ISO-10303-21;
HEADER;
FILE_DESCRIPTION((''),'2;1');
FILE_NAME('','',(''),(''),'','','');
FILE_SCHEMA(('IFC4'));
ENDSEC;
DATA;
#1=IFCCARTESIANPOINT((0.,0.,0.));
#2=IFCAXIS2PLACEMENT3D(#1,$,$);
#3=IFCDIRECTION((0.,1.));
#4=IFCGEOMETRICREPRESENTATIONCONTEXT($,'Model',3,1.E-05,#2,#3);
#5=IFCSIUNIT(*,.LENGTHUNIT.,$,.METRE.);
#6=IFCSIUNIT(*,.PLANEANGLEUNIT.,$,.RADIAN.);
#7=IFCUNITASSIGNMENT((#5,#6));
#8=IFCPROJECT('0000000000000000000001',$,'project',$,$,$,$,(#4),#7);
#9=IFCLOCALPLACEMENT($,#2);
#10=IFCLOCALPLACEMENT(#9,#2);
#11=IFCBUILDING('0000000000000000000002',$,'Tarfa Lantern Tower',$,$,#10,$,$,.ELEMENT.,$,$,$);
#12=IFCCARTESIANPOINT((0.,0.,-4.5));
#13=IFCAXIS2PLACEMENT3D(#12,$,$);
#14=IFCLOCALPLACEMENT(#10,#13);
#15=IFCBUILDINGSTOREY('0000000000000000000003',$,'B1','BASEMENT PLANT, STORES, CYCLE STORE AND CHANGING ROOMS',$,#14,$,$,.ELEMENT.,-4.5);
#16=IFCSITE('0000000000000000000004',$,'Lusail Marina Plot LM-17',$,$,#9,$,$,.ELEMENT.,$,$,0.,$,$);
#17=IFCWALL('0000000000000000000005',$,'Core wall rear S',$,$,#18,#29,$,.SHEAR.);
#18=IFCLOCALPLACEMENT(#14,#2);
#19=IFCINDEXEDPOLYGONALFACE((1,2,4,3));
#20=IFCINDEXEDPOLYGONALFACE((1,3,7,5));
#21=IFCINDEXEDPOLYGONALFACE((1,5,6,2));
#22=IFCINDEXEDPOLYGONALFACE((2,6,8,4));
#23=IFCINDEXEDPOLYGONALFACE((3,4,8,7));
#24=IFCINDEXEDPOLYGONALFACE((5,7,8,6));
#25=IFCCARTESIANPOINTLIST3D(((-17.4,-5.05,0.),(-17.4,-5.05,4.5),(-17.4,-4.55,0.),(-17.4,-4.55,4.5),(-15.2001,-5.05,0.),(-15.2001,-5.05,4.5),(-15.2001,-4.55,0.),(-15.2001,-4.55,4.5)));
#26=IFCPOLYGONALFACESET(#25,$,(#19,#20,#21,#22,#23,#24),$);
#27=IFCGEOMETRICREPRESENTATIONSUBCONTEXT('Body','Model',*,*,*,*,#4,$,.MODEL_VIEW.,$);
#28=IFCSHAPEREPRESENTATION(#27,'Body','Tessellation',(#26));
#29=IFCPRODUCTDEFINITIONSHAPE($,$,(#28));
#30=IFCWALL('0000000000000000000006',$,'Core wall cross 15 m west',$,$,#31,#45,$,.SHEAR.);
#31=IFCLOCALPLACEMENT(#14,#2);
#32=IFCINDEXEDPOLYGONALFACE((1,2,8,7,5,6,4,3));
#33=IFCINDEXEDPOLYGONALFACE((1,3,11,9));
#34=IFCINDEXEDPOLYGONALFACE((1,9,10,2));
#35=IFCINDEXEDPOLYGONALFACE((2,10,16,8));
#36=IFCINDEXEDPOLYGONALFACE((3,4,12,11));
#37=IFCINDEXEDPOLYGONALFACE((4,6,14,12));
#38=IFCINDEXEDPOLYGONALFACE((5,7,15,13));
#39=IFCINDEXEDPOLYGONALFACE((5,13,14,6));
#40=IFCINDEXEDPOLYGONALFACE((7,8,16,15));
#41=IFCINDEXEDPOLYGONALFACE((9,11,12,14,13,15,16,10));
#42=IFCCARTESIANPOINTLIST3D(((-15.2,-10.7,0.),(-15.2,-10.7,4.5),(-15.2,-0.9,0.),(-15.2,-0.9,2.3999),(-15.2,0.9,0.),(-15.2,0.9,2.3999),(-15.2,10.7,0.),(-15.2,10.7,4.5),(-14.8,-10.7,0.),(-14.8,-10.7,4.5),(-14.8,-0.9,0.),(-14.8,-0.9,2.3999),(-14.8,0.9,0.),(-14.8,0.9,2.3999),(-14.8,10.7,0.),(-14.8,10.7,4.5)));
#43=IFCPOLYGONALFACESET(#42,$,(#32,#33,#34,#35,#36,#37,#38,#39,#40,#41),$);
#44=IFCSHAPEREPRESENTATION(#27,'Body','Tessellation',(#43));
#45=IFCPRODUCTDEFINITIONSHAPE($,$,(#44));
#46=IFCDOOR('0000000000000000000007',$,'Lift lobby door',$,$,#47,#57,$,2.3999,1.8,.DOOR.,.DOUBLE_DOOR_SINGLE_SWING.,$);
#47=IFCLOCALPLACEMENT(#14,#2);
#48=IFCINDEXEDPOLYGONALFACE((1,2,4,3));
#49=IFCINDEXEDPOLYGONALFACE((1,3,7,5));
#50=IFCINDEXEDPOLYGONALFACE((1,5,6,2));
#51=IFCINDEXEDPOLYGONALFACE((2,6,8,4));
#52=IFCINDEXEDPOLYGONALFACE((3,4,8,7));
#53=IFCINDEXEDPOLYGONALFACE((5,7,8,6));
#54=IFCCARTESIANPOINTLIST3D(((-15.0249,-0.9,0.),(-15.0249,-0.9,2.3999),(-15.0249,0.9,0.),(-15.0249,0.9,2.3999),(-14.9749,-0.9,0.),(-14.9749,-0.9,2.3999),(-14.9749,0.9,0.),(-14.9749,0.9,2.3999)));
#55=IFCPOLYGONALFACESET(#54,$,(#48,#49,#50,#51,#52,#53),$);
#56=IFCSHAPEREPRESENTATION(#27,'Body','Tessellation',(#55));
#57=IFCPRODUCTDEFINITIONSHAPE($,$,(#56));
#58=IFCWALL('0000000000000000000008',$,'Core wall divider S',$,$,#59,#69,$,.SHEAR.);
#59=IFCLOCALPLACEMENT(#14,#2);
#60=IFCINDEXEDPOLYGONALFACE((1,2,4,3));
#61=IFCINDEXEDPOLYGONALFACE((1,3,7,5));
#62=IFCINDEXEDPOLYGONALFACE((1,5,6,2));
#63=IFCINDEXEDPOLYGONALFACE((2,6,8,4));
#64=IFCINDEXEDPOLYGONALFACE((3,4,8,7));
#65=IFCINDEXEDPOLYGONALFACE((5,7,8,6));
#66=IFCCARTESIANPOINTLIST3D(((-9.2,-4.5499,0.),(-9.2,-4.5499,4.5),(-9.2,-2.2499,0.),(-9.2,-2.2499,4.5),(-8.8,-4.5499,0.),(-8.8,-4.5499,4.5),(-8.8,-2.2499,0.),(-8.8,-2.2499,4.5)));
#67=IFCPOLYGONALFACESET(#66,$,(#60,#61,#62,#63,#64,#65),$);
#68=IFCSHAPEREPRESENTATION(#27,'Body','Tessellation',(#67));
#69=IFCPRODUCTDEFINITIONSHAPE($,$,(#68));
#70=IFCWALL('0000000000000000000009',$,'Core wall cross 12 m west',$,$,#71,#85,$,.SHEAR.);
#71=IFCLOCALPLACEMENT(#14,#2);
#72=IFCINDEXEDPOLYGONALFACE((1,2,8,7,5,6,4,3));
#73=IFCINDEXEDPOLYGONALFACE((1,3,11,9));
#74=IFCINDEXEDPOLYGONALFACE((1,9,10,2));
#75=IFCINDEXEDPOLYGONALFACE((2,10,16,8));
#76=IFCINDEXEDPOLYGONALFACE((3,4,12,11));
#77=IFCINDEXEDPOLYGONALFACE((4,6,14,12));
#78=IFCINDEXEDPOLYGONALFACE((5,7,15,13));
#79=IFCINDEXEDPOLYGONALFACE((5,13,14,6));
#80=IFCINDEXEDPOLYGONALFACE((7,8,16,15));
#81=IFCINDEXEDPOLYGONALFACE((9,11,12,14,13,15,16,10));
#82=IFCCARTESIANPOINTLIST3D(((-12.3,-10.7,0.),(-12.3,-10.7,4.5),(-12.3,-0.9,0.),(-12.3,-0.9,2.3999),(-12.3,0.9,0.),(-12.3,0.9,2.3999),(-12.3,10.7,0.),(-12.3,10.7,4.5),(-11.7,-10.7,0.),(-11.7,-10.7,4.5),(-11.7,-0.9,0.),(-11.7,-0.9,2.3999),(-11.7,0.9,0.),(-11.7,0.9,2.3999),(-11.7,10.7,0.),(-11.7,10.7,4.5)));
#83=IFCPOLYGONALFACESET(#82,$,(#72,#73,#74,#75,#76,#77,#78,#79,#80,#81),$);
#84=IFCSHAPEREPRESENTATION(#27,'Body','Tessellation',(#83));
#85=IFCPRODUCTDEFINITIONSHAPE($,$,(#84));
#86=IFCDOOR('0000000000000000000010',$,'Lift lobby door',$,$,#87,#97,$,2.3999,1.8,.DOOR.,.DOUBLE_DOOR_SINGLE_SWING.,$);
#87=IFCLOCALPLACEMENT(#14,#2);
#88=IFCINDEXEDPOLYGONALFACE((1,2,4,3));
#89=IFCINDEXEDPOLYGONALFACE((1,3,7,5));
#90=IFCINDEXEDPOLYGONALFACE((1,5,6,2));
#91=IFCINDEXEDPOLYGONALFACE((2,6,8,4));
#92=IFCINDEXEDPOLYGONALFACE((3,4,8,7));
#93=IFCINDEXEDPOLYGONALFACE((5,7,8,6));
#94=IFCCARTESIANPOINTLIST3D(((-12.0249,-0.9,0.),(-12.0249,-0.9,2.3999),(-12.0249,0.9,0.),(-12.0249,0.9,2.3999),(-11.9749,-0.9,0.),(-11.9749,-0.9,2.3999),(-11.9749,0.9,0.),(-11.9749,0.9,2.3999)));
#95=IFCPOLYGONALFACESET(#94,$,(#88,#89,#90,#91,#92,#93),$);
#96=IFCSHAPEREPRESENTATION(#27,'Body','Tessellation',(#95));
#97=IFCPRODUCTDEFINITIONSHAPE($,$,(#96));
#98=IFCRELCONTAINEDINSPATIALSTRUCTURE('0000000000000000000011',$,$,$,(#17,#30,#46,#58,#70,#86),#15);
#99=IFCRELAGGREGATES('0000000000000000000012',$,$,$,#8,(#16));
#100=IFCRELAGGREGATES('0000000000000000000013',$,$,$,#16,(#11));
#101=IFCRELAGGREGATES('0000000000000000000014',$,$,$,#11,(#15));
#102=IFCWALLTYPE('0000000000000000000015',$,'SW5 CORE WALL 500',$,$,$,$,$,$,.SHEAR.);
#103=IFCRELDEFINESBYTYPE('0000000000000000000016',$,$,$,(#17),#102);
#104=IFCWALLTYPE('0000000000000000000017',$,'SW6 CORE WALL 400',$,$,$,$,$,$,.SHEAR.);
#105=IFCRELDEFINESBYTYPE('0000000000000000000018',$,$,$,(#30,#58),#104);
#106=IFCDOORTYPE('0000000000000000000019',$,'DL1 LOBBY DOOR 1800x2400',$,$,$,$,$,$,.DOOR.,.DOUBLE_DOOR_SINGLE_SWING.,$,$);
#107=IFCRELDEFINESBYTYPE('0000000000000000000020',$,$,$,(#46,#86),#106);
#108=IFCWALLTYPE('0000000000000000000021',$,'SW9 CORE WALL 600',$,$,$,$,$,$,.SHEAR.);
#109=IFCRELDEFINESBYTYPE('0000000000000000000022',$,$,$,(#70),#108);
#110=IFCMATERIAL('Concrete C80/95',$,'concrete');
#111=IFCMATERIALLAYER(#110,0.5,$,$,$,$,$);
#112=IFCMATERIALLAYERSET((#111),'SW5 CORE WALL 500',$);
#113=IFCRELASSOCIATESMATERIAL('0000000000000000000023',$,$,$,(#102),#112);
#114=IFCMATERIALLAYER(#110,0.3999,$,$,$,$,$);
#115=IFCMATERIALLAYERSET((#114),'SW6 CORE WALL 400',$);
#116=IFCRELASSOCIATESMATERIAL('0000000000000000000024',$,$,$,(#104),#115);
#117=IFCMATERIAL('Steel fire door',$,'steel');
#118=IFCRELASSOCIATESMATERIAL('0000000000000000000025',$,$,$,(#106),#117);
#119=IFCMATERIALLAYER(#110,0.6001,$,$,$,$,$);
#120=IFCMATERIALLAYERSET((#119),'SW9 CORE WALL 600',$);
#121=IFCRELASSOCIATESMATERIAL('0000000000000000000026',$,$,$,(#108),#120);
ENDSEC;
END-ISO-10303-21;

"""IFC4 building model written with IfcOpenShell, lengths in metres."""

from ifc_helpers import new_model, si_unit, direction, frame, frame_2d, origin, place, context, subcontext, project, spatial, rectangle, extrude, material, layer, layer_set, type_object, element, fill, save


model = new_model("IFC4")

# Units and contexts
model_context = context("Model", 3, precision=1e-05, world=origin(), true_north=direction((0.0, 1.0)))
body_context = subcontext(model_context, "Body", "Model", "MODEL_VIEW")
ifc_project = project(units=[si_unit("LENGTHUNIT", "METRE"), si_unit("PLANEANGLEUNIT", "RADIAN")], contexts=[model_context])

# Site, building, storey
site_placement = place(None, origin())
site = spatial("IfcSite", under=ifc_project, at=site_placement, Name="Lusail Marina Plot LM-17", CompositionType="ELEMENT", RefElevation=0.0)
building_placement = place(site_placement, origin())
building = spatial("IfcBuilding", under=site, at=building_placement, Name="Tarfa Lantern Tower", CompositionType="ELEMENT")
storey_placement = place(building_placement, frame((0.0, 0.0, -4.5)))
storey = spatial("IfcBuildingStorey", under=building, at=storey_placement, Name="B1", Description="BASEMENT PLANT, STORES, CYCLE STORE AND CHANGING ROOMS", CompositionType="ELEMENT", Elevation=-4.5)

# Shared definitions
ifc_material_1 = material(Name="Concrete C80/95", Category="concrete")

# Wall
ifc_layer_1 = layer(ifc_material_1, 0.5)
ifc_layer_set_1 = layer_set([ifc_layer_1], Name="SW5 CORE WALL 500")
wall_type_1 = type_object("IfcWallType", Name="SW5 CORE WALL 500", PredefinedType="SHEAR", material=ifc_layer_set_1)
wall_1_placement = place(storey_placement, frame((-15.2, -4.8, 0.0), z_axis=(0.0, 0.0, 1.0), x_axis=(-1.0, 0.0, 0.0)))
element("IfcWall", 1, at=wall_1_placement, inside=storey, type_object=wall_type_1, Name="Core wall rear S", PredefinedType="SHEAR", context=body_context, shape_type="SweptSolid", body=[
    extrude(rectangle(XDim=2.2, YDim=0.5, at=frame_2d((1.1001, 0.0))), origin(), (0.0, 0.0, 1.0), 4.5),
])

# Wall, opening, door
ifc_layer_2 = layer(ifc_material_1, 0.3999)
ifc_layer_set_2 = layer_set([ifc_layer_2], Name="SW6 CORE WALL 400")
wall_type_2 = type_object("IfcWallType", Name="SW6 CORE WALL 400", PredefinedType="SHEAR", material=ifc_layer_set_2)
wall_2_placement = place(storey_placement, frame((-15.0, -10.7, 0.0), z_axis=(0.0, 0.0, 1.0), x_axis=(0.0, 1.0, 0.0)))
wall_2 = element("IfcWall", 2, at=wall_2_placement, inside=storey, type_object=wall_type_2, Name="Core wall cross 15 m west", PredefinedType="SHEAR", context=body_context, shape_type="SweptSolid", body=[
    extrude(rectangle(XDim=21.3999, YDim=0.3999, at=frame_2d((10.7, 0.0))), origin(), (0.0, 0.0, 1.0), 4.5),
])
opening_1_placement = place(wall_2_placement, frame((9.8, 0.0, 0.0)))
opening_1 = element("IfcOpeningElement", 3, at=opening_1_placement, cuts=wall_2, PredefinedType="OPENING", context=body_context, shape_type="SweptSolid", body=[
    extrude(rectangle(XDim=1.8, YDim=2.3999, at=frame_2d((0.8999, 1.2))), frame((0.0, 0.21, 0.0), z_axis=(0.0, -1.0, 0.0), x_axis=(1.0, 0.0, 0.0)), (0.0, 0.0, 1.0), 0.4199),
])
ifc_material_2 = material(Name="Steel fire door", Category="steel")
door_type = type_object("IfcDoorType", Name="DL1 LOBBY DOOR 1800x2400", OperationType="DOUBLE_DOOR_SINGLE_SWING", PredefinedType="DOOR", material=ifc_material_2)
door_1_placement = place(opening_1_placement, origin())
door_1 = element("IfcDoor", 4, at=door_1_placement, inside=storey, type_object=door_type, Name="Lift lobby door", OperationType="DOUBLE_DOOR_SINGLE_SWING", OverallHeight=2.3999, OverallWidth=1.8, PredefinedType="DOOR", context=body_context, shape_type="SweptSolid", body=[
    extrude(rectangle(XDim=1.8, YDim=2.3999, at=frame_2d((0.8999, 1.2))), frame((0.0, 0.0249, 0.0), z_axis=(0.0, -1.0, 0.0), x_axis=(1.0, 0.0, 0.0)), (0.0, 0.0, 1.0), 0.05),
])
fill(opening_1, door_1)

# Wall
wall_3_placement = place(storey_placement, frame((-9.0, -2.25, 0.0), z_axis=(0.0, 0.0, 1.0), x_axis=(0.0, -1.0, 0.0)))
element("IfcWall", 5, at=wall_3_placement, inside=storey, type_object=wall_type_2, Name="Core wall divider S", PredefinedType="SHEAR", context=body_context, shape_type="SweptSolid", body=[
    extrude(rectangle(XDim=2.3, YDim=0.3999, at=frame_2d((1.1499, 0.0))), origin(), (0.0, 0.0, 1.0), 4.5),
])

# Wall, opening, door
ifc_layer_3 = layer(ifc_material_1, 0.6001)
ifc_layer_set_3 = layer_set([ifc_layer_3], Name="SW9 CORE WALL 600")
wall_type_3 = type_object("IfcWallType", Name="SW9 CORE WALL 600", PredefinedType="SHEAR", material=ifc_layer_set_3)
wall_4_placement = place(storey_placement, frame((-12.0, -10.7, 0.0), z_axis=(0.0, 0.0, 1.0), x_axis=(0.0, 1.0, 0.0)))
wall_4 = element("IfcWall", 6, at=wall_4_placement, inside=storey, type_object=wall_type_3, Name="Core wall cross 12 m west", PredefinedType="SHEAR", context=body_context, shape_type="SweptSolid", body=[
    extrude(rectangle(XDim=21.3999, YDim=0.6001, at=frame_2d((10.7, 0.0))), origin(), (0.0, 0.0, 1.0), 4.5),
])
opening_2_placement = place(wall_4_placement, frame((9.8, 0.0, 0.0)))
opening_2 = element("IfcOpeningElement", 7, at=opening_2_placement, cuts=wall_4, PredefinedType="OPENING", context=body_context, shape_type="SweptSolid", body=[
    extrude(rectangle(XDim=1.8, YDim=2.3999, at=frame_2d((0.8999, 1.2))), frame((0.0, 0.3101, 0.0), z_axis=(0.0, -1.0, 0.0), x_axis=(1.0, 0.0, 0.0)), (0.0, 0.0, 1.0), 0.6201),
])
door_2_placement = place(opening_2_placement, origin())
door_2 = element("IfcDoor", 8, at=door_2_placement, inside=storey, type_object=door_type, Name="Lift lobby door", OperationType="DOUBLE_DOOR_SINGLE_SWING", OverallHeight=2.3999, OverallWidth=1.8, PredefinedType="DOOR", context=body_context, shape_type="SweptSolid", body=[
    extrude(rectangle(XDim=1.8, YDim=2.3999, at=frame_2d((0.8999, 1.2))), frame((0.0, 0.0249, 0.0), z_axis=(0.0, -1.0, 0.0), x_axis=(1.0, 0.0, 0.0)), (0.0, 0.0, 1.0), 0.05),
])
fill(opening_2, door_2)

save(model, "model.ifc")
